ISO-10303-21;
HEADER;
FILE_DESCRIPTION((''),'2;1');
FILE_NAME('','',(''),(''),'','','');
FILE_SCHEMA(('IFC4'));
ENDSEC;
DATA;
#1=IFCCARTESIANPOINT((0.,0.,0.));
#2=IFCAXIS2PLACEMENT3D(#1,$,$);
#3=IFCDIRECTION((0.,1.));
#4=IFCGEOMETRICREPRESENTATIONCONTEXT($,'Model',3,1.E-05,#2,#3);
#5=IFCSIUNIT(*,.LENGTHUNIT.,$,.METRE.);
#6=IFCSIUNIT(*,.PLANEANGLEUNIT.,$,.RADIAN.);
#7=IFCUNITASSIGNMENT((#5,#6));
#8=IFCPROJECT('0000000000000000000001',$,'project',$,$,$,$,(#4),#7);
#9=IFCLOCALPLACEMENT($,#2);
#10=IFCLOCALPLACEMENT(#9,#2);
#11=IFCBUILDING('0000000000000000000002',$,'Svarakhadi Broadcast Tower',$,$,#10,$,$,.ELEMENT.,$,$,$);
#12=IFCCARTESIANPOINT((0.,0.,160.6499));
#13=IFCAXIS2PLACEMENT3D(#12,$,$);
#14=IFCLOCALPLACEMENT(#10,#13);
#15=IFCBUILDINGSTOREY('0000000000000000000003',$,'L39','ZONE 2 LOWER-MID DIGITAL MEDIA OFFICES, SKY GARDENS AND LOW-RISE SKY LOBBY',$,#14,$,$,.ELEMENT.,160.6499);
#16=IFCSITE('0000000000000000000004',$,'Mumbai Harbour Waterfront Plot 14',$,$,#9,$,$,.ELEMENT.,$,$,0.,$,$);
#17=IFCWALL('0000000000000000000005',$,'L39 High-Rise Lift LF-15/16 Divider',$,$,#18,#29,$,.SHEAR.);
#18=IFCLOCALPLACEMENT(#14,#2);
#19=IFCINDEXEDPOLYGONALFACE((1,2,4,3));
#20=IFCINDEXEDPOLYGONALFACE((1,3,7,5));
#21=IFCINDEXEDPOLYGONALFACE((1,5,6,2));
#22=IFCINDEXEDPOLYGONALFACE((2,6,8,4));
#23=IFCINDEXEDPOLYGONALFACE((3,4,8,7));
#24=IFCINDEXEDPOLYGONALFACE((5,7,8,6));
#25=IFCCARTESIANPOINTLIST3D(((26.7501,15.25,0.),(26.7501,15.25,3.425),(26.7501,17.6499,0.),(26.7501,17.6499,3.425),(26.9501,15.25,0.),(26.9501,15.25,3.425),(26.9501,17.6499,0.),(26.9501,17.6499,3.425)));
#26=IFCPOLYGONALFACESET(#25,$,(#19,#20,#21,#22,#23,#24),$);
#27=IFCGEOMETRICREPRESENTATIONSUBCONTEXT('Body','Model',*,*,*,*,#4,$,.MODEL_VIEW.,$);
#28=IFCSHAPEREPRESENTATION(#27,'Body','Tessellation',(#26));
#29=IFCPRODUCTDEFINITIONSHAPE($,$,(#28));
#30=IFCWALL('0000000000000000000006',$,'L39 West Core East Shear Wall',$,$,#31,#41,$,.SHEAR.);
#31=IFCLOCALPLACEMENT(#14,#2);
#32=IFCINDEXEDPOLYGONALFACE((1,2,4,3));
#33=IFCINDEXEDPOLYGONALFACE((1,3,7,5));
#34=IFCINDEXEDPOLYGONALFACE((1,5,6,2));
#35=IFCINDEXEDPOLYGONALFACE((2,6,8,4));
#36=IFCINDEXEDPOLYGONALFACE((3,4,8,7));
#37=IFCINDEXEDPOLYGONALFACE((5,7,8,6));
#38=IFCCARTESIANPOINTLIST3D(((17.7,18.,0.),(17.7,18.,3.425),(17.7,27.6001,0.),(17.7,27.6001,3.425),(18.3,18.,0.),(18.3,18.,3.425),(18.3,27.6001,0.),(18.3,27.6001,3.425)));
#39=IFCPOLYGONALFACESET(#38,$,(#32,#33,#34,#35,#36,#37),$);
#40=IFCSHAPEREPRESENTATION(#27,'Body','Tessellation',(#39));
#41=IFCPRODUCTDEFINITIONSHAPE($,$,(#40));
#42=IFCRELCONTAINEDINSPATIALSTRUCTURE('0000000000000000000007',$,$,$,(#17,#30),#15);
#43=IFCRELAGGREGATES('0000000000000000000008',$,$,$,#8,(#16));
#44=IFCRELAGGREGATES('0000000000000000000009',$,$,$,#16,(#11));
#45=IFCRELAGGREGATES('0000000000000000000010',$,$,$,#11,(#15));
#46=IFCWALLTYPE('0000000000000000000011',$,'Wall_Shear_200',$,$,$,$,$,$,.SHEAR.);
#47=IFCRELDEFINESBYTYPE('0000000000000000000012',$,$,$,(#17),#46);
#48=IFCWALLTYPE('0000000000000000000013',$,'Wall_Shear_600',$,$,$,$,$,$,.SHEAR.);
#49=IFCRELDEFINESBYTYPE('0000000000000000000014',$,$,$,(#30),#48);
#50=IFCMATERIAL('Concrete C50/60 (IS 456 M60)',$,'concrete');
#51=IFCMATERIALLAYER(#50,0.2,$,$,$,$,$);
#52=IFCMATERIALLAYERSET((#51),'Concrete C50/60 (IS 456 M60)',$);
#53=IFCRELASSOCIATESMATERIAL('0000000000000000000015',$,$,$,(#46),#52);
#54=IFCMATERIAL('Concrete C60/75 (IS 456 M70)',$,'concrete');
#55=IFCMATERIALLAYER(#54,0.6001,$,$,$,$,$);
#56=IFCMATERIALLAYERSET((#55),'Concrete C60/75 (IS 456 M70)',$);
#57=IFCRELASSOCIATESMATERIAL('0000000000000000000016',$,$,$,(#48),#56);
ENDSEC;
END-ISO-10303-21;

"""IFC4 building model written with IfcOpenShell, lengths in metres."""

from ifc_helpers import new_model, si_unit, direction, frame, frame_2d, origin, place, context, subcontext, project, spatial, rectangle, extrude, material, layer, layer_set, type_object, element, save


model = new_model("IFC4")

# Units and contexts
model_context = context("Model", 3, precision=1e-05, world=origin(), true_north=direction((0.0, 1.0)))
body_context = subcontext(model_context, "Body", "Model", "MODEL_VIEW")
ifc_project = project(units=[si_unit("LENGTHUNIT", "METRE"), si_unit("PLANEANGLEUNIT", "RADIAN")], contexts=[model_context])

# Site, building, storey
site_placement = place(None, origin())
site = spatial("IfcSite", under=ifc_project, at=site_placement, Name="Mumbai Harbour Waterfront Plot 14", CompositionType="ELEMENT", RefElevation=0.0)
building_placement = place(site_placement, origin())
building = spatial("IfcBuilding", under=site, at=building_placement, Name="Svarakhadi Broadcast Tower", CompositionType="ELEMENT")
storey_placement = place(building_placement, frame((0.0, 0.0, 160.6499)))
storey = spatial("IfcBuildingStorey", under=building, at=storey_placement, Name="L39", Description="ZONE 2 LOWER-MID DIGITAL MEDIA OFFICES, SKY GARDENS AND LOW-RISE SKY LOBBY", CompositionType="ELEMENT", Elevation=160.6499)

# Shared definitions
ifc_material_1 = material(Name="Concrete C50/60 (IS 456 M60)", Category="concrete")

# Shared definitions
ifc_layer_1 = layer(ifc_material_1, 0.2)
ifc_layer_set_1 = layer_set([ifc_layer_1], Name="Concrete C50/60 (IS 456 M60)")
wall_type_1 = type_object("IfcWallType", Name="Wall_Shear_200", PredefinedType="SHEAR", material=ifc_layer_set_1)

# Walls
wall_1_placement = place(storey_placement, frame((26.8501, 15.25, 0.0), z_axis=(0.0, 0.0, 1.0), x_axis=(0.0, 1.0, 0.0)))
element("IfcWall", 1, at=wall_1_placement, inside=storey, type_object=wall_type_1, Name="L39 High-Rise Lift LF-15/16 Divider", PredefinedType="SHEAR", context=body_context, shape_type="SweptSolid", body=[
    extrude(rectangle(XDim=2.3999, YDim=0.2, at=frame_2d((1.2, 0.0))), origin(), (0.0, 0.0, 1.0), 3.425),
])
ifc_material_2 = material(Name="Concrete C60/75 (IS 456 M70)", Category="concrete")
ifc_layer_2 = layer(ifc_material_2, 0.6001)
ifc_layer_set_2 = layer_set([ifc_layer_2], Name="Concrete C60/75 (IS 456 M70)")
wall_type_2 = type_object("IfcWallType", Name="Wall_Shear_600", PredefinedType="SHEAR", material=ifc_layer_set_2)
wall_2_placement = place(storey_placement, frame((18.0, 18.0, 0.0), z_axis=(0.0, 0.0, 1.0), x_axis=(0.0, 1.0, 0.0)))
element("IfcWall", 2, at=wall_2_placement, inside=storey, type_object=wall_type_2, Name="L39 West Core East Shear Wall", PredefinedType="SHEAR", context=body_context, shape_type="SweptSolid", body=[
    extrude(rectangle(XDim=9.6001, YDim=0.6001, at=frame_2d((4.8, 0.0))), origin(), (0.0, 0.0, 1.0), 3.425),
])

save(model, "model.ifc")
